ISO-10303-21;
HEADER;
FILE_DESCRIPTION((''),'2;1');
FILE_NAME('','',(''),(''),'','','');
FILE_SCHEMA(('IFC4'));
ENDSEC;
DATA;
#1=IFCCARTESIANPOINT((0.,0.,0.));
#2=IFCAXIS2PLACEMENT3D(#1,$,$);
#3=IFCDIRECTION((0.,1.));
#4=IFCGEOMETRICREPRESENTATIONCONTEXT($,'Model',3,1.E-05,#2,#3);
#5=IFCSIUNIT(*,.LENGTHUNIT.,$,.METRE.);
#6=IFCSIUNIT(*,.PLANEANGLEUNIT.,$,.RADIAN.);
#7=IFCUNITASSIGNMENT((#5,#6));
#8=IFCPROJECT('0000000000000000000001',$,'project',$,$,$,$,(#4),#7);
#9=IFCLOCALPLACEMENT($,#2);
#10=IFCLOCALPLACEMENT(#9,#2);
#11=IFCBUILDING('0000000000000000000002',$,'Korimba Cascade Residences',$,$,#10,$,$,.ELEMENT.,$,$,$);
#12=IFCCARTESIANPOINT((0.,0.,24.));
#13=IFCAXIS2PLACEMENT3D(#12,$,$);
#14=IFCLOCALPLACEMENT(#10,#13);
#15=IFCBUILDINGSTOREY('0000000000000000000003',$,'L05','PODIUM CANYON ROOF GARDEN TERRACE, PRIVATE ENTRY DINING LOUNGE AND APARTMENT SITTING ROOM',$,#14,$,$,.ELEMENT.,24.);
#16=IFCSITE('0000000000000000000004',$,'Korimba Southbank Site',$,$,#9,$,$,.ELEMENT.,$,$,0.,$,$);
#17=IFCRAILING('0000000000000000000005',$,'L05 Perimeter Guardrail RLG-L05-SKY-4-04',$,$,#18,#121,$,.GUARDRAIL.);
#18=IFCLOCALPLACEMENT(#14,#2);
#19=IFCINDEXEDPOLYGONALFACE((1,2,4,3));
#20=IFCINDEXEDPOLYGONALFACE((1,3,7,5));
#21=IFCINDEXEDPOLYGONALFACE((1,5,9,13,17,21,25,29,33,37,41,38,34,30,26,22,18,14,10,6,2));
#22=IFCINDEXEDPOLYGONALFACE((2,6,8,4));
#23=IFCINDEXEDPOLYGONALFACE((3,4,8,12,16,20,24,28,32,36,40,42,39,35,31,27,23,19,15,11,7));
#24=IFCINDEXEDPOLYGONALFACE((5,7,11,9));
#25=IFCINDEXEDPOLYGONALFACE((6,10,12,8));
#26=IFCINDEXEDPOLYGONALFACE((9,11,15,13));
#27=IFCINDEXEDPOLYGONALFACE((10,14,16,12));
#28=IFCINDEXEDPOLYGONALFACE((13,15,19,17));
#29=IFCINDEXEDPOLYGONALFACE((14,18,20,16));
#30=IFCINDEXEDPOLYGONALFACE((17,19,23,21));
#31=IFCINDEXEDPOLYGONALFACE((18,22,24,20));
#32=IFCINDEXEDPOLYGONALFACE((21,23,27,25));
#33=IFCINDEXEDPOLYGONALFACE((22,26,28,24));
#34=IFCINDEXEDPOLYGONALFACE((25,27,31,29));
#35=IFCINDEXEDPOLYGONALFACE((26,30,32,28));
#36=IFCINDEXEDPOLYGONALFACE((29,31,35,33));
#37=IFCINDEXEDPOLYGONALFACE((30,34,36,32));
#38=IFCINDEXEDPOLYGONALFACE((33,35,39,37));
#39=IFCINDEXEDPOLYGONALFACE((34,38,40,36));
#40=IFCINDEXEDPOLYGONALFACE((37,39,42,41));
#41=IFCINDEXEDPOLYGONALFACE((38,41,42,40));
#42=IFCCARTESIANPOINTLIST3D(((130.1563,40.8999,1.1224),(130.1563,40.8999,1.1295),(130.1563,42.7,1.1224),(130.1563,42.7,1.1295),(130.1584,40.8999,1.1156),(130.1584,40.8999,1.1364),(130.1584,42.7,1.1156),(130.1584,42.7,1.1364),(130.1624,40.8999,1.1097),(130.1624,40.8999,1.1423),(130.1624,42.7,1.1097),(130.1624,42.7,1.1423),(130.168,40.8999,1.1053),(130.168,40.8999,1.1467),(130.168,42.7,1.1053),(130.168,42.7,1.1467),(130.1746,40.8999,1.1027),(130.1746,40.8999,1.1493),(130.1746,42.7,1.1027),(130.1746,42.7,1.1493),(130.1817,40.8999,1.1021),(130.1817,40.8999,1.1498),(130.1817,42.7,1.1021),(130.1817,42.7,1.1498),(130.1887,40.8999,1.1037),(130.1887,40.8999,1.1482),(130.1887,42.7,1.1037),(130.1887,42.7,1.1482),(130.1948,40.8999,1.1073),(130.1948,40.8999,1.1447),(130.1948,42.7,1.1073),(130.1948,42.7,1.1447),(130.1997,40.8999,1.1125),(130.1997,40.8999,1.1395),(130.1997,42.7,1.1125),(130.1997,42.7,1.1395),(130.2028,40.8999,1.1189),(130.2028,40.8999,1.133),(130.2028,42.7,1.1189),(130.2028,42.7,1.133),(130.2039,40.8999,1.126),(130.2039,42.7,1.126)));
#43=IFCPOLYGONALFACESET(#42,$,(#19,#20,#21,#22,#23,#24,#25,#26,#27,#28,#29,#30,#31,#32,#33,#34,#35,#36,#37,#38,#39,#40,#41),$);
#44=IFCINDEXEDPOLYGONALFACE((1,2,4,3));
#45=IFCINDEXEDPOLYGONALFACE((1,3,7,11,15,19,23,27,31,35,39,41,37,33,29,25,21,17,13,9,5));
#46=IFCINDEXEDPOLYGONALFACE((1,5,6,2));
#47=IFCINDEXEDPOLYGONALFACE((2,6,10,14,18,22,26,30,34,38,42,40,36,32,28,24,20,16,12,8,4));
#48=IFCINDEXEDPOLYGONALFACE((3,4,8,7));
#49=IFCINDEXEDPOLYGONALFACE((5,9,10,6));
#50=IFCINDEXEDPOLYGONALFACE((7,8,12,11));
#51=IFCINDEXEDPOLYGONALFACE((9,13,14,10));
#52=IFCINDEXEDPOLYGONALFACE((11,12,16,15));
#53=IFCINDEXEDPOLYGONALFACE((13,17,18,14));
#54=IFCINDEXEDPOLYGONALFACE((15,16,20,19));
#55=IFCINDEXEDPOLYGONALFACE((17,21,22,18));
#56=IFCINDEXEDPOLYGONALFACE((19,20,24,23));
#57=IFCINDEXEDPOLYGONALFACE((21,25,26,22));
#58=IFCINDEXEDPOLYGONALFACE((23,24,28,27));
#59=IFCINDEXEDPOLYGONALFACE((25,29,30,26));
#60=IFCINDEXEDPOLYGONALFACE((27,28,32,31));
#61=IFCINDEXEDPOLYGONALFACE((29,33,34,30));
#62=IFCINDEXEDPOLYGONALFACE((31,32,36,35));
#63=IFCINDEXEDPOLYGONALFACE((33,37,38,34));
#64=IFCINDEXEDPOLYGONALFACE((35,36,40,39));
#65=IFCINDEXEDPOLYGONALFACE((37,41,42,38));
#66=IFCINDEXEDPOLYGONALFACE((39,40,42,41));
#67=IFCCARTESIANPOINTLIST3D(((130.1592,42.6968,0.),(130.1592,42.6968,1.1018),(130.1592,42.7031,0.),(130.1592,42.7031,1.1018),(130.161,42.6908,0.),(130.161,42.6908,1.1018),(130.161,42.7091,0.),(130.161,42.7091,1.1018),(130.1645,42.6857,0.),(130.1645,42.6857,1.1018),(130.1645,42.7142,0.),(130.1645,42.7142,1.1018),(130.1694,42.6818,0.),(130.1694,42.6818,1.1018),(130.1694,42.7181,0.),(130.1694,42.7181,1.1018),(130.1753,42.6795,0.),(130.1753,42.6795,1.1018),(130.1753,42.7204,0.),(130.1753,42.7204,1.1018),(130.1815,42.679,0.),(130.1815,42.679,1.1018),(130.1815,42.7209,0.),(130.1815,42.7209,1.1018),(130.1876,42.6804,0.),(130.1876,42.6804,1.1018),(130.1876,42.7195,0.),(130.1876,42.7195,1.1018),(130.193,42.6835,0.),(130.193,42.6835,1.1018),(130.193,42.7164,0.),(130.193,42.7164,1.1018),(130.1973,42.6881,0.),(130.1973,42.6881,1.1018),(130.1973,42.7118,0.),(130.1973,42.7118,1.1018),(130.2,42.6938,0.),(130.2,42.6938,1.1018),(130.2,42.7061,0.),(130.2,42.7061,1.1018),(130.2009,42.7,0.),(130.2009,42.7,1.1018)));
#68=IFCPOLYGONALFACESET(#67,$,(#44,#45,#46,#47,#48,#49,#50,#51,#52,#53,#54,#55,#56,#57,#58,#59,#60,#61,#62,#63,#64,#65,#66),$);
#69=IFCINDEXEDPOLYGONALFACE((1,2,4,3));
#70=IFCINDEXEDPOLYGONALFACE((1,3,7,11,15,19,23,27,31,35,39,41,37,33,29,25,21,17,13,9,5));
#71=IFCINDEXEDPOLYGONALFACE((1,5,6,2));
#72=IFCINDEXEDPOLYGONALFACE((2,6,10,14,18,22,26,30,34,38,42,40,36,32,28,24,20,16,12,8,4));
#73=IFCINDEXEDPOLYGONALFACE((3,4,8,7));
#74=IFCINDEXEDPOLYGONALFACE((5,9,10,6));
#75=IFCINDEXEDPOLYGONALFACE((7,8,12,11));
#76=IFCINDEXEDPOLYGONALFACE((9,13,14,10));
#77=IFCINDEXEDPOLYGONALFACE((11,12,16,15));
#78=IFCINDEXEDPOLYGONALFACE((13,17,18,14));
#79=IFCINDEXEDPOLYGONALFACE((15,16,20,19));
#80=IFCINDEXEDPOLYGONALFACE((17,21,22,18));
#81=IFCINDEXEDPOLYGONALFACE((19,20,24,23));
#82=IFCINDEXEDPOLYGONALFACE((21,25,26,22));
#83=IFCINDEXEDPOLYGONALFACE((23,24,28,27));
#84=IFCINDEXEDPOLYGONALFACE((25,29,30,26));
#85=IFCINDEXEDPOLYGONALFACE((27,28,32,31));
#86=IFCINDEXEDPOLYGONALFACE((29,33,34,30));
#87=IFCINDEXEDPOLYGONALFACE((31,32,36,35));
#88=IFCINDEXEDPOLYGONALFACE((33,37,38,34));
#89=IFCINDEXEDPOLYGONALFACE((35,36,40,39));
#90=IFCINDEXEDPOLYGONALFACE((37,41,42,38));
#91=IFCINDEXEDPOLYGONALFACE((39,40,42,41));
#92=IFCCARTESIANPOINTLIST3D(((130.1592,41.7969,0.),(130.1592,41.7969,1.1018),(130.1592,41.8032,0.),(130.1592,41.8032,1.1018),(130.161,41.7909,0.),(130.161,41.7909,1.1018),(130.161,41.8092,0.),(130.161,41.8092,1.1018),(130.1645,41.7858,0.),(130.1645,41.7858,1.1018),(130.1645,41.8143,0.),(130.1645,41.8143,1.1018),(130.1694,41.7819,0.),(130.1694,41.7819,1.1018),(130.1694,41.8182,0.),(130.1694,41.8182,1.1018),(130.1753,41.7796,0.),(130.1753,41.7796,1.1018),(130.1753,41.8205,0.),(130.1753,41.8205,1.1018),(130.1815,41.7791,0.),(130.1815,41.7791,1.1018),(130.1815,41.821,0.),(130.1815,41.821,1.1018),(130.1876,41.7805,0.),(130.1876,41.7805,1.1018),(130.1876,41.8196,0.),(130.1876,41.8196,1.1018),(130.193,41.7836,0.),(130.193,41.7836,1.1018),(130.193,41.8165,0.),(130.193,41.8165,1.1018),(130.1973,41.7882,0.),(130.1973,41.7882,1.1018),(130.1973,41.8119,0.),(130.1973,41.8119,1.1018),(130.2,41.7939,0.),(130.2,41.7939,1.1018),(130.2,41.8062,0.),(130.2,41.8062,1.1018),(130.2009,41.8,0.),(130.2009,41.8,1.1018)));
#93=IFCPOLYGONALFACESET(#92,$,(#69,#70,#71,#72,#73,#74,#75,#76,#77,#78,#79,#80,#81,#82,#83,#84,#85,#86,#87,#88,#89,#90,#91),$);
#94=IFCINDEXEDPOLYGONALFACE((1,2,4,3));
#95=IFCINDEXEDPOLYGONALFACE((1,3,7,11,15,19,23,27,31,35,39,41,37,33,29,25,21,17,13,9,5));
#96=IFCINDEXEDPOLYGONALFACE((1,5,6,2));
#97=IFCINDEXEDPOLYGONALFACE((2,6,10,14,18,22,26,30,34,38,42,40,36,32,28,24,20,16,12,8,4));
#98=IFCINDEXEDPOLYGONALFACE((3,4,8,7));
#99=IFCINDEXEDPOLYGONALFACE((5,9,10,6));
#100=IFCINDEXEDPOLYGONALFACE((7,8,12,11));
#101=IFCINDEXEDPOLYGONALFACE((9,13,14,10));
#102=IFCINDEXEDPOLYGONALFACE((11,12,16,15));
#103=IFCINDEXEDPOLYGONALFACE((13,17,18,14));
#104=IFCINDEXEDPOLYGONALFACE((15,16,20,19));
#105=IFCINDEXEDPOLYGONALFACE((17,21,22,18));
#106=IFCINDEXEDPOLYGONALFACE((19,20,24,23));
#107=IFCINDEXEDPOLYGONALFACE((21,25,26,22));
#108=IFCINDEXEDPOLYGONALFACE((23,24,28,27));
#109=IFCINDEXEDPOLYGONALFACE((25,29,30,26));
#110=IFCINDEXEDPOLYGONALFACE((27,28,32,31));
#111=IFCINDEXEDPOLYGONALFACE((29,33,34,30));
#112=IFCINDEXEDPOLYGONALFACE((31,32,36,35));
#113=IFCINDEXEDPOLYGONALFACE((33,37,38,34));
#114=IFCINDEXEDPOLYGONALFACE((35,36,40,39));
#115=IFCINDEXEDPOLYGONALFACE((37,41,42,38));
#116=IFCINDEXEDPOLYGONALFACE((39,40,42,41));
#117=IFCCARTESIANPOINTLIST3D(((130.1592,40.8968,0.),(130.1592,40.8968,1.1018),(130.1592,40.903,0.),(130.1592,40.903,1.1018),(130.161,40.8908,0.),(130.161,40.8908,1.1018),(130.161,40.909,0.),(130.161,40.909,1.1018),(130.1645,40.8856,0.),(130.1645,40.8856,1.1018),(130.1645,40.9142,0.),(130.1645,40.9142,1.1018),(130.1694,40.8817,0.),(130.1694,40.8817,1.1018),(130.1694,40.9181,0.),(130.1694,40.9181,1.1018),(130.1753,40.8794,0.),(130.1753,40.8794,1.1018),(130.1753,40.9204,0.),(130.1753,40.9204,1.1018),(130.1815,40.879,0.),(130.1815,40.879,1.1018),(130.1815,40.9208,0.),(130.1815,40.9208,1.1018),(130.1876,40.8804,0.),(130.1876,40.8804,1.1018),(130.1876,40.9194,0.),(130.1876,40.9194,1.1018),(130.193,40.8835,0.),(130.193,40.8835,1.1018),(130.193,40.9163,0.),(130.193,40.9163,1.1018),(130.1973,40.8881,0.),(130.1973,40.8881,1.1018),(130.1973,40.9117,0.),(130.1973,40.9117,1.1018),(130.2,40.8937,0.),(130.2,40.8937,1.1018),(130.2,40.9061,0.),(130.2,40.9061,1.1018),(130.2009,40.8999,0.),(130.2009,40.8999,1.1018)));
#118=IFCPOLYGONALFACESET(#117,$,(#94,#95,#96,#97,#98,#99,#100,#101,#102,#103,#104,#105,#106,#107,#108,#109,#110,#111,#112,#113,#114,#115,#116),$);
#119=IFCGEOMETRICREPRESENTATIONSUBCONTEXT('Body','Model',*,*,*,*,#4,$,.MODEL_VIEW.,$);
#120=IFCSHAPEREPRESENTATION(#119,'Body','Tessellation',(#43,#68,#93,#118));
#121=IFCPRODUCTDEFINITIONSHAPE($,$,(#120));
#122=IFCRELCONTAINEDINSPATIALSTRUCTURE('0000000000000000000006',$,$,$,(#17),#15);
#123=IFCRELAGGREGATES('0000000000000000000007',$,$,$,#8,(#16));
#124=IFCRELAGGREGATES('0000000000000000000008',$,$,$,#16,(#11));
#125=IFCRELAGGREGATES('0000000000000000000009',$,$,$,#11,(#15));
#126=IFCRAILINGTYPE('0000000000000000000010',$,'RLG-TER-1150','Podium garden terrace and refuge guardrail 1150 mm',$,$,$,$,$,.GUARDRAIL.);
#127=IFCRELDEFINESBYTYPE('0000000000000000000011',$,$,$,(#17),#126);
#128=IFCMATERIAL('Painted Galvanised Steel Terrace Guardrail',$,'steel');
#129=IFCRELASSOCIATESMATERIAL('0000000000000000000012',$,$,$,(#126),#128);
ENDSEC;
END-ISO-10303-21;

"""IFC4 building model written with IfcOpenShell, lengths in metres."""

from ifc_helpers import new_model, si_unit, direction, frame, origin, origin_2d, place, context, subcontext, project, spatial, circle, extrude, material, type_object, element, save


model = new_model("IFC4")

# Units and contexts
model_context = context("Model", 3, precision=1e-05, world=origin(), true_north=direction((0.0, 1.0)))
body_context = subcontext(model_context, "Body", "Model", "MODEL_VIEW")
ifc_project = project(units=[si_unit("LENGTHUNIT", "METRE"), si_unit("PLANEANGLEUNIT", "RADIAN")], contexts=[model_context])

# Site, building, storey
site_placement = place(None, origin())
site = spatial("IfcSite", under=ifc_project, at=site_placement, Name="Korimba Southbank Site", CompositionType="ELEMENT", RefElevation=0.0)
building_placement = place(site_placement, origin())
building = spatial("IfcBuilding", under=site, at=building_placement, Name="Korimba Cascade Residences", CompositionType="ELEMENT")
storey_placement = place(building_placement, frame((0.0, 0.0, 24.0)))
storey = spatial("IfcBuildingStorey", under=building, at=storey_placement, Name="L05", Description="PODIUM CANYON ROOF GARDEN TERRACE, PRIVATE ENTRY DINING LOUNGE AND APARTMENT SITTING ROOM", CompositionType="ELEMENT", Elevation=24.0)

# Railing
ifc_material_1 = material(Name="Painted Galvanised Steel Terrace Guardrail", Category="steel")
railing_type = type_object("IfcRailingType", Name="RLG-TER-1150", Description="Podium garden terrace and refuge guardrail 1150 mm", PredefinedType="GUARDRAIL", material=ifc_material_1)
railing_1_placement = place(storey_placement, frame((130.1799, 42.7, 0.0)))
element("IfcRailing", 1, at=railing_1_placement, inside=storey, type_object=railing_type, Name="L05 Perimeter Guardrail RLG-L05-SKY-4-04", PredefinedType="GUARDRAIL", context=body_context, shape_type="SweptSolid", body=[
    extrude(circle(Radius=0.0239, at=origin_2d()), frame((0.0, 0.0, 1.126), z_axis=(0.0, -1.0, 0.0), x_axis=(1.0, 0.0, 0.0)), (0.0, 0.0, 1.0), 1.8),
    extrude(circle(Radius=0.021, at=origin_2d()), origin(), (0.0, 0.0, 1.0), 1.1018),
    extrude(circle(Radius=0.021, at=origin_2d()), frame((0.0, -0.8999, 0.0)), (0.0, 0.0, 1.0), 1.1018),
    extrude(circle(Radius=0.021, at=origin_2d()), frame((0.0, -1.8, 0.0)), (0.0, 0.0, 1.0), 1.1018),
])

save(model, "model.ifc")
